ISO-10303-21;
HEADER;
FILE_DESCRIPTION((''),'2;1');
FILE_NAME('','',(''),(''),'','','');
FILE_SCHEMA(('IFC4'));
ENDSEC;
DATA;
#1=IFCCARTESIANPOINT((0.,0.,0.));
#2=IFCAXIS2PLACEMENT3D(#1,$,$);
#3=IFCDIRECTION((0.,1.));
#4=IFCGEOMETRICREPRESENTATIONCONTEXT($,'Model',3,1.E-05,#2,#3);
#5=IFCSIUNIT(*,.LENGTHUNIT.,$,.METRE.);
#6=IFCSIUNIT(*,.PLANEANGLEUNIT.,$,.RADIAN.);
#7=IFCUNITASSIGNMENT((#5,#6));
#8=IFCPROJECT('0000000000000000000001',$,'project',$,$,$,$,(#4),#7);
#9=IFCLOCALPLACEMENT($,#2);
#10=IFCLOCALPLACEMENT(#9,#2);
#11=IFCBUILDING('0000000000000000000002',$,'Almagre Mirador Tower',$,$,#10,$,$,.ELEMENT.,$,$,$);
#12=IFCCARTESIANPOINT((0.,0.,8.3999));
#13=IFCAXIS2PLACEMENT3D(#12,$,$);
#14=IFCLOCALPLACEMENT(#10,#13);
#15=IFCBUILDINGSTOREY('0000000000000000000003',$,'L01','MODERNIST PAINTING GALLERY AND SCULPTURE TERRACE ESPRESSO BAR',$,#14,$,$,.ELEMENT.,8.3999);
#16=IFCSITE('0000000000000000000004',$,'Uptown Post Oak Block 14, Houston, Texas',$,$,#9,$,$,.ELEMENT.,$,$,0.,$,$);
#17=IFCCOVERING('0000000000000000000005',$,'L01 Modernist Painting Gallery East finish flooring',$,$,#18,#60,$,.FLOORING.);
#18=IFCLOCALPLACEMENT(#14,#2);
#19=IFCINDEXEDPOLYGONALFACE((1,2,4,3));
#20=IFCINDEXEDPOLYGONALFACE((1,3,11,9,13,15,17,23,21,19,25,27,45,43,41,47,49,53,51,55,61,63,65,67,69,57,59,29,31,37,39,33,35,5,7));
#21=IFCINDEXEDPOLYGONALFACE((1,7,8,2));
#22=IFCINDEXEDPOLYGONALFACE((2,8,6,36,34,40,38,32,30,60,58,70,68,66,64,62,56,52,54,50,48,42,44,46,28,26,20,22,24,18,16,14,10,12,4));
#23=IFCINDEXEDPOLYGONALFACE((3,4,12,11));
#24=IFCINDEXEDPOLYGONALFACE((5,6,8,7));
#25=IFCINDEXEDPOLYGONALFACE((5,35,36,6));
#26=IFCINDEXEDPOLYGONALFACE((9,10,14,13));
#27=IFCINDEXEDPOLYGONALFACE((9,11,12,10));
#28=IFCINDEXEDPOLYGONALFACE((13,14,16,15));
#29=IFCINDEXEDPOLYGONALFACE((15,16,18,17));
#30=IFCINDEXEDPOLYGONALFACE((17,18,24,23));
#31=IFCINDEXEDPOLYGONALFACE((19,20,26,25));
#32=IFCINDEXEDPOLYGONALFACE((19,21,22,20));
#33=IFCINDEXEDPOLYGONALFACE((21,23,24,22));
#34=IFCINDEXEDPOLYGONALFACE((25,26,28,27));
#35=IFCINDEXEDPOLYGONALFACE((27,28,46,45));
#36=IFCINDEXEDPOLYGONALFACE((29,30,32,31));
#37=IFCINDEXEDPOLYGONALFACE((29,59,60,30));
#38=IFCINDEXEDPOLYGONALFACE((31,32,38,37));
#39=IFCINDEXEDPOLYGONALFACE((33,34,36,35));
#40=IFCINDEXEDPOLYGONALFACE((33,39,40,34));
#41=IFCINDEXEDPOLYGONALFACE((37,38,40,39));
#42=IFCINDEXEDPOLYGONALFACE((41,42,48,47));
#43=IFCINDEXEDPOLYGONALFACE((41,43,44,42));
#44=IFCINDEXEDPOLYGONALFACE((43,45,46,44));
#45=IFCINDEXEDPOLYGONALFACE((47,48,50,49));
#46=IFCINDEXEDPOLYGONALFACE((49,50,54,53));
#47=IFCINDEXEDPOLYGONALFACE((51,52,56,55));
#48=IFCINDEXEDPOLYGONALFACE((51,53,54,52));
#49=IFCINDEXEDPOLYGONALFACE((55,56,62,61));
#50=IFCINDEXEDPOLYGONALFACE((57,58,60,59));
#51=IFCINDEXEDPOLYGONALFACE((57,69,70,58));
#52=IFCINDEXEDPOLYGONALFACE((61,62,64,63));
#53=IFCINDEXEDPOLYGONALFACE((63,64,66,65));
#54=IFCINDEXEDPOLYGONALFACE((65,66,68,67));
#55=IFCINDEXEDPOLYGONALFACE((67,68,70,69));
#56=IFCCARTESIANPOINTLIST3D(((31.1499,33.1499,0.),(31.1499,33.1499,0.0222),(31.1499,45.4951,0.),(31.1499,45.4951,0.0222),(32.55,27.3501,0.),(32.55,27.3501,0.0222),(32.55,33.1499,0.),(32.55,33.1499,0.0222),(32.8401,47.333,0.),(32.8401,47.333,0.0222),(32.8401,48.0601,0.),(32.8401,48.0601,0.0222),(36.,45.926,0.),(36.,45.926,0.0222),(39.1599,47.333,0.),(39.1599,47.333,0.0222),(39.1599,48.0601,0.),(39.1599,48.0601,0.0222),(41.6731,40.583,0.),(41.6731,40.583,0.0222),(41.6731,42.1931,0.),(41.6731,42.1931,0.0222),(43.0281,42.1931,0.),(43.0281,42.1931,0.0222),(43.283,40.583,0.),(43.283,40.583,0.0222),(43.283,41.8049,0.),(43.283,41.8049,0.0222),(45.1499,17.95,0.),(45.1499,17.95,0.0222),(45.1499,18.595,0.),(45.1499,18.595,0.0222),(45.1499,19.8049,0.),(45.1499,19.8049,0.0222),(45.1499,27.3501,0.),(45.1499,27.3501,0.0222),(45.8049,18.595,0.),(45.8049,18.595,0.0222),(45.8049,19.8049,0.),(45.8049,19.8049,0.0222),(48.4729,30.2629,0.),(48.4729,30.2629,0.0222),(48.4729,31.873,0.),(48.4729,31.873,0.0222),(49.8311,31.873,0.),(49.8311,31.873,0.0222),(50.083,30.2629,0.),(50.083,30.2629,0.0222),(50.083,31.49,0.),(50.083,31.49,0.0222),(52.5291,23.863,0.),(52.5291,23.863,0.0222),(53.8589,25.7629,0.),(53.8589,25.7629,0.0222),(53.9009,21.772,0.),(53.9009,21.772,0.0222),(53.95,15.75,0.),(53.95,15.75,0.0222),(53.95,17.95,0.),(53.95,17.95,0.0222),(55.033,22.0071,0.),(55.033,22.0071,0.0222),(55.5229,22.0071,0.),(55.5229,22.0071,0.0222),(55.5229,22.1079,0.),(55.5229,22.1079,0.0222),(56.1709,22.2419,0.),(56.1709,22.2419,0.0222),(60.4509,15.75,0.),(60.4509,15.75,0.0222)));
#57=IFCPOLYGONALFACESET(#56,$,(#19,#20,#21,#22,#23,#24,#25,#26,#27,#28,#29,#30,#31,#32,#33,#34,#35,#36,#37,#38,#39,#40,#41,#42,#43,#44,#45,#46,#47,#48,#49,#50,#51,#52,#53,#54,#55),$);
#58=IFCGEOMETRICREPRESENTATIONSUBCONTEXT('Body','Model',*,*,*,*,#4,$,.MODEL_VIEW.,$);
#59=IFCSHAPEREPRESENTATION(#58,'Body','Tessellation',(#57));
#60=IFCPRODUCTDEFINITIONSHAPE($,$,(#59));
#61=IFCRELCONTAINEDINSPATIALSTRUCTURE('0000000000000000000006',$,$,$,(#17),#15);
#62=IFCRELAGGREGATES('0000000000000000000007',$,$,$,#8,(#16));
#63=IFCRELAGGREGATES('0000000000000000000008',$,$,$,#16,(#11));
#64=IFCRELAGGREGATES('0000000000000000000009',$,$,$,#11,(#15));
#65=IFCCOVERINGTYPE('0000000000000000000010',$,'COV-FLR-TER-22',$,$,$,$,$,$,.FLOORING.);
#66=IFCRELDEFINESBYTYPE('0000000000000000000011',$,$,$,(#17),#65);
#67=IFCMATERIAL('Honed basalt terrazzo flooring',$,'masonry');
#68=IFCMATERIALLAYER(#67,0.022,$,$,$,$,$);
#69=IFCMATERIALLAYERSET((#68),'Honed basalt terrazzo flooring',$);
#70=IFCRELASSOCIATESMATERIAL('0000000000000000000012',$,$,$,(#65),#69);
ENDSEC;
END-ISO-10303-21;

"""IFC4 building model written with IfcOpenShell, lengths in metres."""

from ifc_helpers import new_model, si_unit, direction, frame, origin, place, context, subcontext, project, spatial, polyline, outline, extrude, material, layer, layer_set, type_object, element, save


model = new_model("IFC4")

# Units and contexts
model_context = context("Model", 3, precision=1e-05, world=origin(), true_north=direction((0.0, 1.0)))
body_context = subcontext(model_context, "Body", "Model", "MODEL_VIEW")
ifc_project = project(units=[si_unit("LENGTHUNIT", "METRE"), si_unit("PLANEANGLEUNIT", "RADIAN")], contexts=[model_context])

# Site, building, storey
site_placement = place(None, origin())
site = spatial("IfcSite", under=ifc_project, at=site_placement, Name="Uptown Post Oak Block 14, Houston, Texas", CompositionType="ELEMENT", RefElevation=0.0)
building_placement = place(site_placement, origin())
building = spatial("IfcBuilding", under=site, at=building_placement, Name="Almagre Mirador Tower", CompositionType="ELEMENT")
storey_placement = place(building_placement, frame((0.0, 0.0, 8.3999)))
storey = spatial("IfcBuildingStorey", under=building, at=storey_placement, Name="L01", Description="MODERNIST PAINTING GALLERY AND SCULPTURE TERRACE ESPRESSO BAR", CompositionType="ELEMENT", Elevation=8.3999)

# Covering
ifc_material_1 = material(Name="Honed basalt terrazzo flooring", Category="masonry")
ifc_layer_1 = layer(ifc_material_1, 0.022)
ifc_layer_set_1 = layer_set([ifc_layer_1], Name="Honed basalt terrazzo flooring")
covering_type_1 = type_object("IfcCoveringType", Name="COV-FLR-TER-22", PredefinedType="FLOORING", material=ifc_layer_set_1)
covering_1_placement = place(storey_placement, origin())
element("IfcCovering", 1, at=covering_1_placement, inside=storey, type_object=covering_type_1, Name="L01 Modernist Painting Gallery East finish flooring", PredefinedType="FLOORING", context=body_context, shape_type="SweptSolid", body=[
    extrude(outline(polyline([(45.1499, 17.95), (45.1499, 18.595), (45.8049, 18.595), (45.8049, 19.8049), (45.1499, 19.8049), (45.1499, 27.3501), (32.55, 27.3501), (32.55, 33.1499), (31.1499, 33.1499), (31.1499, 45.4951), (32.8401, 48.0601), (32.8401, 47.333), (36.0, 45.926), (39.1599, 47.333), (39.1599, 48.0601), (43.0281, 42.1931), (41.6731, 42.1931), (41.6731, 40.583), (43.283, 40.583), (43.283, 41.8049), (49.8311, 31.873), (48.4729, 31.873), (48.4729, 30.2629), (50.083, 30.2629), (50.083, 31.49), (53.8589, 25.7629), (52.5291, 23.863), (53.9009, 21.772), (55.033, 22.0071), (55.5229, 22.0071), (55.5229, 22.1079), (56.1709, 22.2419), (60.4509, 15.75), (53.95, 15.75), (53.95, 17.95), (45.1499, 17.95)])), origin(), (0.0, 0.0, 1.0), 0.0222),
])

save(model, "model.ifc")
